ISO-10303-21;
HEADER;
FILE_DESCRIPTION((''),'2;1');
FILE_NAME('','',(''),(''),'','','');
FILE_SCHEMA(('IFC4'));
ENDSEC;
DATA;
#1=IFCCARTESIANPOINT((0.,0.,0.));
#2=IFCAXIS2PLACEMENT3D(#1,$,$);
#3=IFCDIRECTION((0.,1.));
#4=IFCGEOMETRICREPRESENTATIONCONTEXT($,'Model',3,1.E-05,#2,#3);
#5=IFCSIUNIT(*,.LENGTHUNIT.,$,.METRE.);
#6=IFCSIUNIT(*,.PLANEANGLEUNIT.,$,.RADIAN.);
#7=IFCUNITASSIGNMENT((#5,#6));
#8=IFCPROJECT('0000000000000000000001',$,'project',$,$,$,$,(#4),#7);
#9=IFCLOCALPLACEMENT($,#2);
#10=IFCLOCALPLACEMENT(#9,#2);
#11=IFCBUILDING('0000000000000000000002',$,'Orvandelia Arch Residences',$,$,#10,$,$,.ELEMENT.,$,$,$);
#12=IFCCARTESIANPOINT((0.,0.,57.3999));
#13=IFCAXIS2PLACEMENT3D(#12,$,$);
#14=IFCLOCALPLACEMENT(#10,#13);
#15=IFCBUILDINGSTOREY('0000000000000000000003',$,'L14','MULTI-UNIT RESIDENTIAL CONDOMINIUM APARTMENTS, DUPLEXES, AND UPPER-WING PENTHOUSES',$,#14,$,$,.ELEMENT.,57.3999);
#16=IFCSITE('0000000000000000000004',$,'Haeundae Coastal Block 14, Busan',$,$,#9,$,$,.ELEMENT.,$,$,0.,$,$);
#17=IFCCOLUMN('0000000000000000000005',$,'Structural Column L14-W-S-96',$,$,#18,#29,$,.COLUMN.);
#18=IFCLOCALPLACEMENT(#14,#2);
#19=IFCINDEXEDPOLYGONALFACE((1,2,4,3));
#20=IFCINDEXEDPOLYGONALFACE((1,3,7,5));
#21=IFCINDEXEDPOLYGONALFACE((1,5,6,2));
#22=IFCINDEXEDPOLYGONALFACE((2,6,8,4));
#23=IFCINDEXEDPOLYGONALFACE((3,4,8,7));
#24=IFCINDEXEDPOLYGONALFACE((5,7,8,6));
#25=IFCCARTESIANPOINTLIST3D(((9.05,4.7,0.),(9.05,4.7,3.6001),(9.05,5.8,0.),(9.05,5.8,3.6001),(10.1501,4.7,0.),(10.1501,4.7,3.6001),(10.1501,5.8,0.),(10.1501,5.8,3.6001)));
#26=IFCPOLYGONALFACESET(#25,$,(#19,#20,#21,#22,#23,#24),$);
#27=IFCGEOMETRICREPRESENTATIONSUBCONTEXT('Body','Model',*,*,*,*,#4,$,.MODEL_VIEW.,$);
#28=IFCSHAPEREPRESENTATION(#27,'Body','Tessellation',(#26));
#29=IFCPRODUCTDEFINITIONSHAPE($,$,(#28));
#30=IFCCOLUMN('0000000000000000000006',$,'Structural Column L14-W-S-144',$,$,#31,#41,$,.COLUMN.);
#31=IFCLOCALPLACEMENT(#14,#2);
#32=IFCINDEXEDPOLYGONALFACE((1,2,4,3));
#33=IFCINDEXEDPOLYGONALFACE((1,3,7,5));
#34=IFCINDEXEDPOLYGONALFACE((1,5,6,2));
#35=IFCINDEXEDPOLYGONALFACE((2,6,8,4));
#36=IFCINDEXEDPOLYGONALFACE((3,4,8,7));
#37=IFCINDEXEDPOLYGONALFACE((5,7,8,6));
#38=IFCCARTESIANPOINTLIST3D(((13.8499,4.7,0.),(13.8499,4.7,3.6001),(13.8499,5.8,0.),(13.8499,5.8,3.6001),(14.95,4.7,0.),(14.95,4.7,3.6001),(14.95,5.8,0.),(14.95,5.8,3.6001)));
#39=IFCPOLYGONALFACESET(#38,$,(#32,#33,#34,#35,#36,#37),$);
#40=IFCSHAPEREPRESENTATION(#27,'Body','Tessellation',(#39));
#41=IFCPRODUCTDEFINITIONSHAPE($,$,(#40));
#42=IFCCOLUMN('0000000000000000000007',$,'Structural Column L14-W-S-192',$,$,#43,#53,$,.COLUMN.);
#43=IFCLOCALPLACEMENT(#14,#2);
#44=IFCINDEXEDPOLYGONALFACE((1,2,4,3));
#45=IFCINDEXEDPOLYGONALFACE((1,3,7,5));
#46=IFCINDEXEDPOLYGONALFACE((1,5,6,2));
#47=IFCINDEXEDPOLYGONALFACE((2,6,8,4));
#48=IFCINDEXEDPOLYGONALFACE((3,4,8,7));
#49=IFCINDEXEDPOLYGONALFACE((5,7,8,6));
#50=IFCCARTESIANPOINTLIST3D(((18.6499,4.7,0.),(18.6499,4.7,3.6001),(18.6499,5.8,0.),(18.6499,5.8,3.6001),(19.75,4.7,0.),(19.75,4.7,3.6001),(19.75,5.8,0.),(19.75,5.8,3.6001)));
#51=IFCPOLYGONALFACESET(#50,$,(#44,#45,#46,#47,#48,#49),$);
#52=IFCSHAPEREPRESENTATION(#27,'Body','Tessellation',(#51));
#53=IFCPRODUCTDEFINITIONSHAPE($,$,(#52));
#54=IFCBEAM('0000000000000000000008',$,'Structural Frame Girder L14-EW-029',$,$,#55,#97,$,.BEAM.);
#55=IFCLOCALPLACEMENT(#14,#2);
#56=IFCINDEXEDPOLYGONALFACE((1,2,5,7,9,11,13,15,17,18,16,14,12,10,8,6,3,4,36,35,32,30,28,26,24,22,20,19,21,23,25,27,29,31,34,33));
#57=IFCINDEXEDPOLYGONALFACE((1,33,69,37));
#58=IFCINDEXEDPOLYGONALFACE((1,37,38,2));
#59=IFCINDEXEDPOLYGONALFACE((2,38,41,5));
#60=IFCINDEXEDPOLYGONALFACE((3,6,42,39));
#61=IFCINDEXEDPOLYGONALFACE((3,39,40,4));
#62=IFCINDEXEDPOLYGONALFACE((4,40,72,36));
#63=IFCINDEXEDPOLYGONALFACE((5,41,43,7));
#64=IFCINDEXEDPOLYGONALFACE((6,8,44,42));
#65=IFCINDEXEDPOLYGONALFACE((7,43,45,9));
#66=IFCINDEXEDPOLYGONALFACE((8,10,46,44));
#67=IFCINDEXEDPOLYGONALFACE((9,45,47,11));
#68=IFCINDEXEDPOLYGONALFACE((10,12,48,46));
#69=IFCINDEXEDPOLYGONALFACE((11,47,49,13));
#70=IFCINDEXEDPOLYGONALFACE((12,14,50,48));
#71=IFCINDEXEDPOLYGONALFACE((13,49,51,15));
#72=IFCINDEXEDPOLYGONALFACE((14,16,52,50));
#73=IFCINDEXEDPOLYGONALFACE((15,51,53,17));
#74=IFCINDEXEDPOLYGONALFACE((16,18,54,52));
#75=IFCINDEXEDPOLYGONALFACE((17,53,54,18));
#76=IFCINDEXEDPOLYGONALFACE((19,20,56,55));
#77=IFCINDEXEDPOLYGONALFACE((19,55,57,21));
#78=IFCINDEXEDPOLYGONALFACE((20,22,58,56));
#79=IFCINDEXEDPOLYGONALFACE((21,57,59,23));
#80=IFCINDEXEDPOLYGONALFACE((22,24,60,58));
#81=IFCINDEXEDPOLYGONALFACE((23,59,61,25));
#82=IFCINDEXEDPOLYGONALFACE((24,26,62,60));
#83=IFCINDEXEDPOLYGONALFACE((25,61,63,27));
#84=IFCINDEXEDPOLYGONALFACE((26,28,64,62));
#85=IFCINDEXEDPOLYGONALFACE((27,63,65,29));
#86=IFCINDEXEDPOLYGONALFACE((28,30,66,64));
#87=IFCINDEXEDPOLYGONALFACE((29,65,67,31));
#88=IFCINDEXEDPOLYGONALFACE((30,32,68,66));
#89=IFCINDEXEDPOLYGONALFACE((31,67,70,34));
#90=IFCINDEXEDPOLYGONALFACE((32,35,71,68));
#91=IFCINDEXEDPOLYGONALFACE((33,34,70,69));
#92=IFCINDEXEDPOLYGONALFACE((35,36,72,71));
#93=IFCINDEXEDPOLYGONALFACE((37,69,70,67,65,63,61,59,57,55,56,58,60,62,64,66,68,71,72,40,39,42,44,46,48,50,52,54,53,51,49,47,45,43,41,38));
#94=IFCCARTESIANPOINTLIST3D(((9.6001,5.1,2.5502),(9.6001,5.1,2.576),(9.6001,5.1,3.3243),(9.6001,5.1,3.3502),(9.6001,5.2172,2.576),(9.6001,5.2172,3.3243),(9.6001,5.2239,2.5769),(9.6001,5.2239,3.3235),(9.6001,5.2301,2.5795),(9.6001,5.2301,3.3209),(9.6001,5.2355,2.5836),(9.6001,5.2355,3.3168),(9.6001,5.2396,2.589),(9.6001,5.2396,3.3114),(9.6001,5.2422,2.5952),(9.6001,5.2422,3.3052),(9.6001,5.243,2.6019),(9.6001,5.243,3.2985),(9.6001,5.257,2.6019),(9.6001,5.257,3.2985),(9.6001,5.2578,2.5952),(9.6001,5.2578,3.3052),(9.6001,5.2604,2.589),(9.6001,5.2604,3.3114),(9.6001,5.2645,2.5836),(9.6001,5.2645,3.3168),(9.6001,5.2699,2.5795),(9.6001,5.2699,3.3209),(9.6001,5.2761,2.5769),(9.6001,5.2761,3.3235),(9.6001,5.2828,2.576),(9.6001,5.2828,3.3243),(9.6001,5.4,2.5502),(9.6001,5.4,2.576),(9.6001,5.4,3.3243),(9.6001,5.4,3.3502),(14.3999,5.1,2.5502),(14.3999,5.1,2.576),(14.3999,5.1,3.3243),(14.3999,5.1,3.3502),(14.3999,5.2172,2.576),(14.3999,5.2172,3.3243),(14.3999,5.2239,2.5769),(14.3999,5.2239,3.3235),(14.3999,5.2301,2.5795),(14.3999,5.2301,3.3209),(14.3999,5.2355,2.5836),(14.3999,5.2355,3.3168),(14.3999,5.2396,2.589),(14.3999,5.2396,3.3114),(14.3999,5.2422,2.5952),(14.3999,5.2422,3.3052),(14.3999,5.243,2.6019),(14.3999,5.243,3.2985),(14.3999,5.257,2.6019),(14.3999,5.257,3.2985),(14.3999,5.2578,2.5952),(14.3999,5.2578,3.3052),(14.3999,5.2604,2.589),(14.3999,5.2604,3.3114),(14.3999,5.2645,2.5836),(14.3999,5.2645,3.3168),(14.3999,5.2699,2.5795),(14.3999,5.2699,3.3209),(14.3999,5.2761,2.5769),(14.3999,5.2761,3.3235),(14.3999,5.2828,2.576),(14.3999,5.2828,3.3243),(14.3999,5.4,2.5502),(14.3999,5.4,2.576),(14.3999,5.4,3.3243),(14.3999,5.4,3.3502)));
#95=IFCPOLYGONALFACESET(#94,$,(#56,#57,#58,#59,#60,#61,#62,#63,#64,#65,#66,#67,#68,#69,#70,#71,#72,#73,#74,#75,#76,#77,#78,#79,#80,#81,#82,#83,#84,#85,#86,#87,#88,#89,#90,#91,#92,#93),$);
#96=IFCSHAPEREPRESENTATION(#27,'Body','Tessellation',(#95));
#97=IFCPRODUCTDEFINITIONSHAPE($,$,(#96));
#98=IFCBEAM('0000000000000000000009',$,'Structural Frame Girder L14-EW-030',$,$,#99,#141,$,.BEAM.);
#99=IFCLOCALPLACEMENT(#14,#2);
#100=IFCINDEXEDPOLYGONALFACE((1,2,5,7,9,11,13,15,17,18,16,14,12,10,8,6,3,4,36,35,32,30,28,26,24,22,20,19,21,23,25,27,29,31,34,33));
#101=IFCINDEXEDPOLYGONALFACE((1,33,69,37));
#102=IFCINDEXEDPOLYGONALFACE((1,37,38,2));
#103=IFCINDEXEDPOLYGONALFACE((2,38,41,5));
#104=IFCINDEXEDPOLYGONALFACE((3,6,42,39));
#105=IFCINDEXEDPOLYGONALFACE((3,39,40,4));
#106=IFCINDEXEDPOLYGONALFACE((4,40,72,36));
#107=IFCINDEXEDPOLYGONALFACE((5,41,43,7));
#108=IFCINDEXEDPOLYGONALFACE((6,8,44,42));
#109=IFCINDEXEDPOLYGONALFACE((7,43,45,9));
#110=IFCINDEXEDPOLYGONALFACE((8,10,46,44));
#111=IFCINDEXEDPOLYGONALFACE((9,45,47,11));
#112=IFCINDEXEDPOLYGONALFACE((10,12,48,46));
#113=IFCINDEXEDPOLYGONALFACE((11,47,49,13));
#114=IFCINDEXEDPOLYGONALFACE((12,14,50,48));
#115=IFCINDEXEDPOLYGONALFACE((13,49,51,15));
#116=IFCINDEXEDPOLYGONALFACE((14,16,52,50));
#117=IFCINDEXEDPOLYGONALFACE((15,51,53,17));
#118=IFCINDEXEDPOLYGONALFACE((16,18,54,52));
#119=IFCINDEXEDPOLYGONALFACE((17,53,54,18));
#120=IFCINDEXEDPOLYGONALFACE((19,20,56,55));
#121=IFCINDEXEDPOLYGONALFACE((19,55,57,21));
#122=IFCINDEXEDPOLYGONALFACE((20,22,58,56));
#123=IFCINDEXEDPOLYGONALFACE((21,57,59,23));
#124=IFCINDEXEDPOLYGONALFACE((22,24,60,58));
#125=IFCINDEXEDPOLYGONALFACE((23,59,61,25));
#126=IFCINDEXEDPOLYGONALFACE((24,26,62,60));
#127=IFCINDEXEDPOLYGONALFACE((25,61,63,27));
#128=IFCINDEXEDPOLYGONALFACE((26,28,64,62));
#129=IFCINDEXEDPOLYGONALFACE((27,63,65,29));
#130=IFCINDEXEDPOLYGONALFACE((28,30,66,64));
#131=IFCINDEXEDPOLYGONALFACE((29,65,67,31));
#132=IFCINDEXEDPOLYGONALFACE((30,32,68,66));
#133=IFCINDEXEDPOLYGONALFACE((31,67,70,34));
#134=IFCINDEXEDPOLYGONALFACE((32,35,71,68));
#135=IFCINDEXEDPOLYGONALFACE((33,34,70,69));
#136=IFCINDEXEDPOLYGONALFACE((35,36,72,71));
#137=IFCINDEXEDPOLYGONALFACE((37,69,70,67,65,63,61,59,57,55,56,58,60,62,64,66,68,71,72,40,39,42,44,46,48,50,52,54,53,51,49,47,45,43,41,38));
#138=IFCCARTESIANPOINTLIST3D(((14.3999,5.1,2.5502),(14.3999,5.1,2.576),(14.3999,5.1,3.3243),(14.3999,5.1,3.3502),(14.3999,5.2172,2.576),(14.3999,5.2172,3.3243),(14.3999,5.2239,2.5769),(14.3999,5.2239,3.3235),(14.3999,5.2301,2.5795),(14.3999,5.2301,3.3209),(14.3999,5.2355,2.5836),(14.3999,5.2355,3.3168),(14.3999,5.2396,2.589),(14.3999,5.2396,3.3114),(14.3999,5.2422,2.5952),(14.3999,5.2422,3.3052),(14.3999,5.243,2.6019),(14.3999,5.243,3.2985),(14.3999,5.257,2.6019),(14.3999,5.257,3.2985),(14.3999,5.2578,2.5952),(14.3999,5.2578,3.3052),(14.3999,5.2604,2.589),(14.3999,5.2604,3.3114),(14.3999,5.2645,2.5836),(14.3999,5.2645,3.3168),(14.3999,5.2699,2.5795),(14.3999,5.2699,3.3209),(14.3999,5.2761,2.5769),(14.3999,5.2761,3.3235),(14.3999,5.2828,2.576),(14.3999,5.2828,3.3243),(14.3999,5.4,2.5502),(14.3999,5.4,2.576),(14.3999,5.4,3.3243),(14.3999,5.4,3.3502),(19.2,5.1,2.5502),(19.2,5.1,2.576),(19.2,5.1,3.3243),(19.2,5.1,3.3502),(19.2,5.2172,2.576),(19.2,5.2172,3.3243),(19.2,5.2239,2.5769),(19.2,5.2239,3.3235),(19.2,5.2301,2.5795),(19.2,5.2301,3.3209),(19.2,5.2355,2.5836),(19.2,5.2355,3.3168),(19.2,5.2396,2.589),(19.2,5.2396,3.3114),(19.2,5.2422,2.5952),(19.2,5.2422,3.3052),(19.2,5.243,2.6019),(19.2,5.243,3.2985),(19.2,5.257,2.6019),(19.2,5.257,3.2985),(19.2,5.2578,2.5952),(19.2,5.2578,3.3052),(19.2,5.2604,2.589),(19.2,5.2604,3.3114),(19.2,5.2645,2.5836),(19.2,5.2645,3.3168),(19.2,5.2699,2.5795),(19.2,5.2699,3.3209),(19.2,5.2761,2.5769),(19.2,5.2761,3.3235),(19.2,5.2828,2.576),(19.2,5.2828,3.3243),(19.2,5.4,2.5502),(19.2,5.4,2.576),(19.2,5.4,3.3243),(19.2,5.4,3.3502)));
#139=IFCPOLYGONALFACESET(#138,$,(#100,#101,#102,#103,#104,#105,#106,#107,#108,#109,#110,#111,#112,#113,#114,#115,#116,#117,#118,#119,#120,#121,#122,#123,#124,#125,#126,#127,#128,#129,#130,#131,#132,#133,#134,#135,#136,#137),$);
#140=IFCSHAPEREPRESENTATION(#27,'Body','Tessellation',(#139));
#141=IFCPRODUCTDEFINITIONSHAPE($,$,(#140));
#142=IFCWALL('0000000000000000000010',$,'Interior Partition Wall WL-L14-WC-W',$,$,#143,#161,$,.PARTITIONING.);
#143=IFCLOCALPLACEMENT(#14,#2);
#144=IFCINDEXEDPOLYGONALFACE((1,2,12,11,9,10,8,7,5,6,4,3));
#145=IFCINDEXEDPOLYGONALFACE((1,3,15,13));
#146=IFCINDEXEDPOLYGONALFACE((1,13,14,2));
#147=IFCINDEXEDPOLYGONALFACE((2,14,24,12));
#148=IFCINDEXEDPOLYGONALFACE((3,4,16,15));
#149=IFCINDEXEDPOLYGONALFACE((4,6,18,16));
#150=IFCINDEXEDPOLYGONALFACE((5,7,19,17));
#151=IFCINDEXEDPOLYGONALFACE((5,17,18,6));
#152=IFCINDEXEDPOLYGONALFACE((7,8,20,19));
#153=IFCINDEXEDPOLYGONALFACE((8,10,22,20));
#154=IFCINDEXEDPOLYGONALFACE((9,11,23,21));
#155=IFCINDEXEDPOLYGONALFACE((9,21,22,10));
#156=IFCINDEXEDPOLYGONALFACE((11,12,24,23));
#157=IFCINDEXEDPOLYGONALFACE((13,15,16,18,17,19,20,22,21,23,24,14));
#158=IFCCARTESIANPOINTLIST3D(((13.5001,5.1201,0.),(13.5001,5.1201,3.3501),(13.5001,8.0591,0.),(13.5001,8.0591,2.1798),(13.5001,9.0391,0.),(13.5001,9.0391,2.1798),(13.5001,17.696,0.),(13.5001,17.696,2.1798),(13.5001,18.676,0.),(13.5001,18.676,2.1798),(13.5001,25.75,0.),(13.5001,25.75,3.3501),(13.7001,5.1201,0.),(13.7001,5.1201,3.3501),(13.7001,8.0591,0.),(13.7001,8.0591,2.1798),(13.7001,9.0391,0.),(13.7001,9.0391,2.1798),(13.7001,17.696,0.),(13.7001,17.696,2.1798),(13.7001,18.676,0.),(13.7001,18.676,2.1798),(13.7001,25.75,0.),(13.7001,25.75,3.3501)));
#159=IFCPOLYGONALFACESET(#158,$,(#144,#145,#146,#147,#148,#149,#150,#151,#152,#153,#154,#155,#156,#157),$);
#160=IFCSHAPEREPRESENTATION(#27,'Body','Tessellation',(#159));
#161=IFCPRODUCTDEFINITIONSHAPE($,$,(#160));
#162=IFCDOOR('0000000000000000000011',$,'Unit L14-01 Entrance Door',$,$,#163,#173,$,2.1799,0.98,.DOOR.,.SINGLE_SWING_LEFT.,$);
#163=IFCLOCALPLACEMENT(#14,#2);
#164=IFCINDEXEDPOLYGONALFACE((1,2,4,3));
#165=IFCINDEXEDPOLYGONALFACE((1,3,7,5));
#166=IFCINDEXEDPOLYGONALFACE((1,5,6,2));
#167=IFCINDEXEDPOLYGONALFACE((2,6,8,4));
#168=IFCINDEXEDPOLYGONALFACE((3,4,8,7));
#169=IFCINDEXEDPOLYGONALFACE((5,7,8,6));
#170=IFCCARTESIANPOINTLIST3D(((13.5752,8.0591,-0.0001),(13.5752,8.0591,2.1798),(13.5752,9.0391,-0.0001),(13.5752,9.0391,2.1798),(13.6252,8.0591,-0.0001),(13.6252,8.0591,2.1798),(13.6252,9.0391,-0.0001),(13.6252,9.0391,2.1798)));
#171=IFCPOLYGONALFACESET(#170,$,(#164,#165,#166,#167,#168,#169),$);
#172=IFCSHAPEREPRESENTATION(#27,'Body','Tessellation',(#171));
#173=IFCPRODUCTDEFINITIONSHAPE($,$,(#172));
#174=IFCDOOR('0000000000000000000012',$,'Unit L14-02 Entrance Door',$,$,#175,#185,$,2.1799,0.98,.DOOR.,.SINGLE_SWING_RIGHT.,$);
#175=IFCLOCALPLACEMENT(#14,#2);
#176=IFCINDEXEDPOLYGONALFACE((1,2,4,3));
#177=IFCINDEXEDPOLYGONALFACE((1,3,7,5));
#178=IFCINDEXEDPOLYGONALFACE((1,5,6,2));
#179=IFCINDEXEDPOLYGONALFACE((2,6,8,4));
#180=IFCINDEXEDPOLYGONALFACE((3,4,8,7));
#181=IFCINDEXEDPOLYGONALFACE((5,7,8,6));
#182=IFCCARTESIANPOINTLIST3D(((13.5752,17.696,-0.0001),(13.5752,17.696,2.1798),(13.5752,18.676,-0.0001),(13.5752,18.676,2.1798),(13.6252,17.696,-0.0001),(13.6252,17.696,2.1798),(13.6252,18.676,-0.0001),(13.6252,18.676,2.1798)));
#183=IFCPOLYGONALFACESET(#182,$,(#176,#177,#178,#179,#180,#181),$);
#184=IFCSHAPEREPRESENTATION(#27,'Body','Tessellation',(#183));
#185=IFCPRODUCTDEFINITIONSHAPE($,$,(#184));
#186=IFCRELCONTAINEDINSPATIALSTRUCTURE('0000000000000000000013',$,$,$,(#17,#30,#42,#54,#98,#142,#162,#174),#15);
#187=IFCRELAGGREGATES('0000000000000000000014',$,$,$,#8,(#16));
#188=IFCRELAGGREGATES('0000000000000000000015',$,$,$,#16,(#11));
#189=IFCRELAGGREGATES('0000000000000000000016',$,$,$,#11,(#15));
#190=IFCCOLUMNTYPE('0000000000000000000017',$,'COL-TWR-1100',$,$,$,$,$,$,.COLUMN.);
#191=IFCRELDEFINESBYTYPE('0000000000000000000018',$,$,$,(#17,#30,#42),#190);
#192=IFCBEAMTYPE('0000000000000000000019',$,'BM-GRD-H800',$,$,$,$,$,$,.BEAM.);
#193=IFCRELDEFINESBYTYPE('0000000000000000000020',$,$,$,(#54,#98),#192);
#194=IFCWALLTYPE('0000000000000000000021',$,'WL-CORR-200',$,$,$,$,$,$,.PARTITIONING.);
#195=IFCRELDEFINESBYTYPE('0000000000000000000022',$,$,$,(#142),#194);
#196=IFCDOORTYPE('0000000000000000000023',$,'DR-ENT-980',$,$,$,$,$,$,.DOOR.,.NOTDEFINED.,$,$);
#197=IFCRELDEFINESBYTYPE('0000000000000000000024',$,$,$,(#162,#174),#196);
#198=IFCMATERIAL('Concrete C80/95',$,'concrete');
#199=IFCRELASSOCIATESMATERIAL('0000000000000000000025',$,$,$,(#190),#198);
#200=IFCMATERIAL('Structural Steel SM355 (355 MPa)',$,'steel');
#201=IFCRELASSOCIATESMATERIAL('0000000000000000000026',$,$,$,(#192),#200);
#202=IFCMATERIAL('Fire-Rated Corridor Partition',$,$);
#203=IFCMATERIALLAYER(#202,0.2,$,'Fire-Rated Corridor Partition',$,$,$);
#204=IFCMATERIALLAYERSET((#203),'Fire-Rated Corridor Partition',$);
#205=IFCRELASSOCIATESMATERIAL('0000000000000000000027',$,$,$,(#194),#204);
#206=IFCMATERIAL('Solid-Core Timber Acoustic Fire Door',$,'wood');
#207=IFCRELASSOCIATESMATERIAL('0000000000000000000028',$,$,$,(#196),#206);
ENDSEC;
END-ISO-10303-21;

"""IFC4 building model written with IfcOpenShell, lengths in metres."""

from ifc_helpers import new_model, si_unit, direction, frame, frame_2d, origin, origin_2d, place, context, subcontext, project, spatial, rectangle, i_section, extrude, material, layer, layer_set, material_profile, profile_set, type_object, element, fill, save


model = new_model("IFC4")

# Units and contexts
model_context = context("Model", 3, precision=1e-05, world=origin(), true_north=direction((0.0, 1.0)))
body_context = subcontext(model_context, "Body", "Model", "MODEL_VIEW")
ifc_project = project(units=[si_unit("LENGTHUNIT", "METRE"), si_unit("PLANEANGLEUNIT", "RADIAN")], contexts=[model_context])

# Site, building, storey
site_placement = place(None, origin())
site = spatial("IfcSite", under=ifc_project, at=site_placement, Name="Haeundae Coastal Block 14, Busan", CompositionType="ELEMENT", RefElevation=0.0)
building_placement = place(site_placement, origin())
building = spatial("IfcBuilding", under=site, at=building_placement, Name="Orvandelia Arch Residences", CompositionType="ELEMENT")
storey_placement = place(building_placement, frame((0.0, 0.0, 57.3999)))
storey = spatial("IfcBuildingStorey", under=building, at=storey_placement, Name="L14", Description="MULTI-UNIT RESIDENTIAL CONDOMINIUM APARTMENTS, DUPLEXES, AND UPPER-WING PENTHOUSES", CompositionType="ELEMENT", Elevation=57.3999)

# Columns
ifc_material_1 = material(Name="Concrete C80/95", Category="concrete")
ifc_material_profile_1 = material_profile(ifc_material_1, rectangle(XDim=1.1001, YDim=1.1001, at=origin_2d()), Name="Concrete C80/95", Category="concrete")
ifc_profile_set_1 = profile_set([ifc_material_profile_1], Name="Concrete C80/95")
column_type = type_object("IfcColumnType", Name="COL-TWR-1100", PredefinedType="COLUMN", material=ifc_profile_set_1)
for number, where, z_axis, x_axis, name in (
    (1, (9.6001, 5.25, 0.0), (0.0, 0.0, 1.0), (1.0, 0.0, 0.0), "Structural Column L14-W-S-96"),
    (2, (14.3999, 5.25, 0.0), (0.0, 0.0, 1.0), (1.0, 0.0, 0.0), "Structural Column L14-W-S-144"),
    (3, (19.2, 5.25, 0.0), (0.0, 0.0, 1.0), (1.0, 0.0, 0.0), "Structural Column L14-W-S-192"),
):
    element("IfcColumn", number, at=place(storey_placement, frame(where, z_axis=z_axis, x_axis=x_axis)), inside=storey, type_object=column_type, Name=name, PredefinedType="COLUMN", context=body_context, shape_type="SweptSolid", body=[
        extrude(rectangle(XDim=1.1001, YDim=1.1001, at=origin_2d()), origin(), (0.0, 0.0, 1.0), 3.6001),
    ])

# Beams
ifc_material_2 = material(Name="Structural Steel SM355 (355 MPa)", Category="steel")
ifc_material_profile_2 = material_profile(ifc_material_2, i_section(OverallWidth=0.3, OverallDepth=0.8, WebThickness=0.0139, FlangeThickness=0.0259, FilletRadius=0.0259, at=origin_2d()), Name="Structural Steel SM355 (355 MPa)", Category="steel")
ifc_profile_set_2 = profile_set([ifc_material_profile_2], Name="Structural Steel SM355 (355 MPa)")
beam_type = type_object("IfcBeamType", Name="BM-GRD-H800", PredefinedType="BEAM", material=ifc_profile_set_2)
beam_1_placement = place(storey_placement, frame((9.6001, 5.25, 2.9502), z_axis=(1.0, 0.0, 0.0), x_axis=(0.0, 1.0, 0.0)))
element("IfcBeam", 4, at=beam_1_placement, inside=storey, type_object=beam_type, Name="Structural Frame Girder L14-EW-029", PredefinedType="BEAM", context=body_context, shape_type="SweptSolid", body=[
    extrude(i_section(OverallWidth=0.3, OverallDepth=0.8, WebThickness=0.0139, FlangeThickness=0.0259, FilletRadius=0.0259, at=origin_2d()), origin(), (0.0, 0.0, 1.0), 4.7998),
])
beam_2_placement = place(storey_placement, frame((14.3999, 5.25, 2.9502), z_axis=(1.0, 0.0, 0.0), x_axis=(0.0, 1.0, 0.0)))
element("IfcBeam", 5, at=beam_2_placement, inside=storey, type_object=beam_type, Name="Structural Frame Girder L14-EW-030", PredefinedType="BEAM", context=body_context, shape_type="SweptSolid", body=[
    extrude(i_section(OverallWidth=0.3, OverallDepth=0.8, WebThickness=0.0139, FlangeThickness=0.0259, FilletRadius=0.0259, at=origin_2d()), origin(), (0.0, 0.0, 1.0), 4.8),
])

# Wall, openings, doors
ifc_material_3 = material(Name="Fire-Rated Corridor Partition")
ifc_layer_1 = layer(ifc_material_3, 0.2, Name="Fire-Rated Corridor Partition")
ifc_layer_set_1 = layer_set([ifc_layer_1], Name="Fire-Rated Corridor Partition")
wall_type_1 = type_object("IfcWallType", Name="WL-CORR-200", PredefinedType="PARTITIONING", material=ifc_layer_set_1)
wall_1_placement = place(storey_placement, frame((13.6001, 5.1201, 0.0), z_axis=(0.0, 0.0, 1.0), x_axis=(0.0, 1.0, 0.0)))
wall_1 = element("IfcWall", 6, at=wall_1_placement, inside=storey, type_object=wall_type_1, Name="Interior Partition Wall WL-L14-WC-W", PredefinedType="PARTITIONING", context=body_context, shape_type="SweptSolid", body=[
    extrude(rectangle(XDim=20.6299, YDim=0.2, at=frame_2d((10.3149, 0.0))), origin(), (0.0, 0.0, 1.0), 3.3501),
])
opening_1_placement = place(wall_1_placement, frame((2.939, 0.0, 0.0)))
opening_1 = element("IfcOpeningElement", 7, at=opening_1_placement, cuts=wall_1, PredefinedType="OPENING", context=body_context, shape_type="SweptSolid", body=[
    extrude(rectangle(XDim=0.98, YDim=2.1799, at=frame_2d((0.49, 1.0898))), frame((0.0, 0.1099, 0.0), z_axis=(0.0, -1.0, 0.0), x_axis=(1.0, 0.0, 0.0)), (0.0, 0.0, 1.0), 0.22),
])
opening_2_placement = place(wall_1_placement, frame((12.5759, 0.0, 0.0)))
opening_2 = element("IfcOpeningElement", 8, at=opening_2_placement, cuts=wall_1, PredefinedType="OPENING", context=body_context, shape_type="SweptSolid", body=[
    extrude(rectangle(XDim=0.98, YDim=2.1799, at=frame_2d((0.49, 1.0898))), frame((0.0, 0.1099, 0.0), z_axis=(0.0, -1.0, 0.0), x_axis=(1.0, 0.0, 0.0)), (0.0, 0.0, 1.0), 0.22),
])
ifc_material_4 = material(Name="Solid-Core Timber Acoustic Fire Door", Category="wood")
door_type_1 = type_object("IfcDoorType", Name="DR-ENT-980", OperationType="NOTDEFINED", PredefinedType="DOOR", material=ifc_material_4)
door_1_placement = place(opening_1_placement, origin())
door_1 = element("IfcDoor", 9, at=door_1_placement, inside=storey, type_object=door_type_1, Name="Unit L14-01 Entrance Door", OperationType="SINGLE_SWING_LEFT", OverallHeight=2.1799, OverallWidth=0.98, PredefinedType="DOOR", context=body_context, shape_type="SweptSolid", body=[
    extrude(rectangle(XDim=0.98, YDim=2.1799, at=frame_2d((0.49, 1.0898))), frame((0.0, 0.0249, 0.0), z_axis=(0.0, -1.0, 0.0), x_axis=(1.0, 0.0, 0.0)), (0.0, 0.0, 1.0), 0.05),
])
fill(opening_1, door_1)
door_2_placement = place(opening_2_placement, origin())
door_2 = element("IfcDoor", 10, at=door_2_placement, inside=storey, type_object=door_type_1, Name="Unit L14-02 Entrance Door", OperationType="SINGLE_SWING_RIGHT", OverallHeight=2.1799, OverallWidth=0.98, PredefinedType="DOOR", context=body_context, shape_type="SweptSolid", body=[
    extrude(rectangle(XDim=0.98, YDim=2.1799, at=frame_2d((0.49, 1.0898))), frame((0.0, 0.0249, 0.0), z_axis=(0.0, -1.0, 0.0), x_axis=(1.0, 0.0, 0.0)), (0.0, 0.0, 1.0), 0.05),
])
fill(opening_2, door_2)

save(model, "model.ifc")
